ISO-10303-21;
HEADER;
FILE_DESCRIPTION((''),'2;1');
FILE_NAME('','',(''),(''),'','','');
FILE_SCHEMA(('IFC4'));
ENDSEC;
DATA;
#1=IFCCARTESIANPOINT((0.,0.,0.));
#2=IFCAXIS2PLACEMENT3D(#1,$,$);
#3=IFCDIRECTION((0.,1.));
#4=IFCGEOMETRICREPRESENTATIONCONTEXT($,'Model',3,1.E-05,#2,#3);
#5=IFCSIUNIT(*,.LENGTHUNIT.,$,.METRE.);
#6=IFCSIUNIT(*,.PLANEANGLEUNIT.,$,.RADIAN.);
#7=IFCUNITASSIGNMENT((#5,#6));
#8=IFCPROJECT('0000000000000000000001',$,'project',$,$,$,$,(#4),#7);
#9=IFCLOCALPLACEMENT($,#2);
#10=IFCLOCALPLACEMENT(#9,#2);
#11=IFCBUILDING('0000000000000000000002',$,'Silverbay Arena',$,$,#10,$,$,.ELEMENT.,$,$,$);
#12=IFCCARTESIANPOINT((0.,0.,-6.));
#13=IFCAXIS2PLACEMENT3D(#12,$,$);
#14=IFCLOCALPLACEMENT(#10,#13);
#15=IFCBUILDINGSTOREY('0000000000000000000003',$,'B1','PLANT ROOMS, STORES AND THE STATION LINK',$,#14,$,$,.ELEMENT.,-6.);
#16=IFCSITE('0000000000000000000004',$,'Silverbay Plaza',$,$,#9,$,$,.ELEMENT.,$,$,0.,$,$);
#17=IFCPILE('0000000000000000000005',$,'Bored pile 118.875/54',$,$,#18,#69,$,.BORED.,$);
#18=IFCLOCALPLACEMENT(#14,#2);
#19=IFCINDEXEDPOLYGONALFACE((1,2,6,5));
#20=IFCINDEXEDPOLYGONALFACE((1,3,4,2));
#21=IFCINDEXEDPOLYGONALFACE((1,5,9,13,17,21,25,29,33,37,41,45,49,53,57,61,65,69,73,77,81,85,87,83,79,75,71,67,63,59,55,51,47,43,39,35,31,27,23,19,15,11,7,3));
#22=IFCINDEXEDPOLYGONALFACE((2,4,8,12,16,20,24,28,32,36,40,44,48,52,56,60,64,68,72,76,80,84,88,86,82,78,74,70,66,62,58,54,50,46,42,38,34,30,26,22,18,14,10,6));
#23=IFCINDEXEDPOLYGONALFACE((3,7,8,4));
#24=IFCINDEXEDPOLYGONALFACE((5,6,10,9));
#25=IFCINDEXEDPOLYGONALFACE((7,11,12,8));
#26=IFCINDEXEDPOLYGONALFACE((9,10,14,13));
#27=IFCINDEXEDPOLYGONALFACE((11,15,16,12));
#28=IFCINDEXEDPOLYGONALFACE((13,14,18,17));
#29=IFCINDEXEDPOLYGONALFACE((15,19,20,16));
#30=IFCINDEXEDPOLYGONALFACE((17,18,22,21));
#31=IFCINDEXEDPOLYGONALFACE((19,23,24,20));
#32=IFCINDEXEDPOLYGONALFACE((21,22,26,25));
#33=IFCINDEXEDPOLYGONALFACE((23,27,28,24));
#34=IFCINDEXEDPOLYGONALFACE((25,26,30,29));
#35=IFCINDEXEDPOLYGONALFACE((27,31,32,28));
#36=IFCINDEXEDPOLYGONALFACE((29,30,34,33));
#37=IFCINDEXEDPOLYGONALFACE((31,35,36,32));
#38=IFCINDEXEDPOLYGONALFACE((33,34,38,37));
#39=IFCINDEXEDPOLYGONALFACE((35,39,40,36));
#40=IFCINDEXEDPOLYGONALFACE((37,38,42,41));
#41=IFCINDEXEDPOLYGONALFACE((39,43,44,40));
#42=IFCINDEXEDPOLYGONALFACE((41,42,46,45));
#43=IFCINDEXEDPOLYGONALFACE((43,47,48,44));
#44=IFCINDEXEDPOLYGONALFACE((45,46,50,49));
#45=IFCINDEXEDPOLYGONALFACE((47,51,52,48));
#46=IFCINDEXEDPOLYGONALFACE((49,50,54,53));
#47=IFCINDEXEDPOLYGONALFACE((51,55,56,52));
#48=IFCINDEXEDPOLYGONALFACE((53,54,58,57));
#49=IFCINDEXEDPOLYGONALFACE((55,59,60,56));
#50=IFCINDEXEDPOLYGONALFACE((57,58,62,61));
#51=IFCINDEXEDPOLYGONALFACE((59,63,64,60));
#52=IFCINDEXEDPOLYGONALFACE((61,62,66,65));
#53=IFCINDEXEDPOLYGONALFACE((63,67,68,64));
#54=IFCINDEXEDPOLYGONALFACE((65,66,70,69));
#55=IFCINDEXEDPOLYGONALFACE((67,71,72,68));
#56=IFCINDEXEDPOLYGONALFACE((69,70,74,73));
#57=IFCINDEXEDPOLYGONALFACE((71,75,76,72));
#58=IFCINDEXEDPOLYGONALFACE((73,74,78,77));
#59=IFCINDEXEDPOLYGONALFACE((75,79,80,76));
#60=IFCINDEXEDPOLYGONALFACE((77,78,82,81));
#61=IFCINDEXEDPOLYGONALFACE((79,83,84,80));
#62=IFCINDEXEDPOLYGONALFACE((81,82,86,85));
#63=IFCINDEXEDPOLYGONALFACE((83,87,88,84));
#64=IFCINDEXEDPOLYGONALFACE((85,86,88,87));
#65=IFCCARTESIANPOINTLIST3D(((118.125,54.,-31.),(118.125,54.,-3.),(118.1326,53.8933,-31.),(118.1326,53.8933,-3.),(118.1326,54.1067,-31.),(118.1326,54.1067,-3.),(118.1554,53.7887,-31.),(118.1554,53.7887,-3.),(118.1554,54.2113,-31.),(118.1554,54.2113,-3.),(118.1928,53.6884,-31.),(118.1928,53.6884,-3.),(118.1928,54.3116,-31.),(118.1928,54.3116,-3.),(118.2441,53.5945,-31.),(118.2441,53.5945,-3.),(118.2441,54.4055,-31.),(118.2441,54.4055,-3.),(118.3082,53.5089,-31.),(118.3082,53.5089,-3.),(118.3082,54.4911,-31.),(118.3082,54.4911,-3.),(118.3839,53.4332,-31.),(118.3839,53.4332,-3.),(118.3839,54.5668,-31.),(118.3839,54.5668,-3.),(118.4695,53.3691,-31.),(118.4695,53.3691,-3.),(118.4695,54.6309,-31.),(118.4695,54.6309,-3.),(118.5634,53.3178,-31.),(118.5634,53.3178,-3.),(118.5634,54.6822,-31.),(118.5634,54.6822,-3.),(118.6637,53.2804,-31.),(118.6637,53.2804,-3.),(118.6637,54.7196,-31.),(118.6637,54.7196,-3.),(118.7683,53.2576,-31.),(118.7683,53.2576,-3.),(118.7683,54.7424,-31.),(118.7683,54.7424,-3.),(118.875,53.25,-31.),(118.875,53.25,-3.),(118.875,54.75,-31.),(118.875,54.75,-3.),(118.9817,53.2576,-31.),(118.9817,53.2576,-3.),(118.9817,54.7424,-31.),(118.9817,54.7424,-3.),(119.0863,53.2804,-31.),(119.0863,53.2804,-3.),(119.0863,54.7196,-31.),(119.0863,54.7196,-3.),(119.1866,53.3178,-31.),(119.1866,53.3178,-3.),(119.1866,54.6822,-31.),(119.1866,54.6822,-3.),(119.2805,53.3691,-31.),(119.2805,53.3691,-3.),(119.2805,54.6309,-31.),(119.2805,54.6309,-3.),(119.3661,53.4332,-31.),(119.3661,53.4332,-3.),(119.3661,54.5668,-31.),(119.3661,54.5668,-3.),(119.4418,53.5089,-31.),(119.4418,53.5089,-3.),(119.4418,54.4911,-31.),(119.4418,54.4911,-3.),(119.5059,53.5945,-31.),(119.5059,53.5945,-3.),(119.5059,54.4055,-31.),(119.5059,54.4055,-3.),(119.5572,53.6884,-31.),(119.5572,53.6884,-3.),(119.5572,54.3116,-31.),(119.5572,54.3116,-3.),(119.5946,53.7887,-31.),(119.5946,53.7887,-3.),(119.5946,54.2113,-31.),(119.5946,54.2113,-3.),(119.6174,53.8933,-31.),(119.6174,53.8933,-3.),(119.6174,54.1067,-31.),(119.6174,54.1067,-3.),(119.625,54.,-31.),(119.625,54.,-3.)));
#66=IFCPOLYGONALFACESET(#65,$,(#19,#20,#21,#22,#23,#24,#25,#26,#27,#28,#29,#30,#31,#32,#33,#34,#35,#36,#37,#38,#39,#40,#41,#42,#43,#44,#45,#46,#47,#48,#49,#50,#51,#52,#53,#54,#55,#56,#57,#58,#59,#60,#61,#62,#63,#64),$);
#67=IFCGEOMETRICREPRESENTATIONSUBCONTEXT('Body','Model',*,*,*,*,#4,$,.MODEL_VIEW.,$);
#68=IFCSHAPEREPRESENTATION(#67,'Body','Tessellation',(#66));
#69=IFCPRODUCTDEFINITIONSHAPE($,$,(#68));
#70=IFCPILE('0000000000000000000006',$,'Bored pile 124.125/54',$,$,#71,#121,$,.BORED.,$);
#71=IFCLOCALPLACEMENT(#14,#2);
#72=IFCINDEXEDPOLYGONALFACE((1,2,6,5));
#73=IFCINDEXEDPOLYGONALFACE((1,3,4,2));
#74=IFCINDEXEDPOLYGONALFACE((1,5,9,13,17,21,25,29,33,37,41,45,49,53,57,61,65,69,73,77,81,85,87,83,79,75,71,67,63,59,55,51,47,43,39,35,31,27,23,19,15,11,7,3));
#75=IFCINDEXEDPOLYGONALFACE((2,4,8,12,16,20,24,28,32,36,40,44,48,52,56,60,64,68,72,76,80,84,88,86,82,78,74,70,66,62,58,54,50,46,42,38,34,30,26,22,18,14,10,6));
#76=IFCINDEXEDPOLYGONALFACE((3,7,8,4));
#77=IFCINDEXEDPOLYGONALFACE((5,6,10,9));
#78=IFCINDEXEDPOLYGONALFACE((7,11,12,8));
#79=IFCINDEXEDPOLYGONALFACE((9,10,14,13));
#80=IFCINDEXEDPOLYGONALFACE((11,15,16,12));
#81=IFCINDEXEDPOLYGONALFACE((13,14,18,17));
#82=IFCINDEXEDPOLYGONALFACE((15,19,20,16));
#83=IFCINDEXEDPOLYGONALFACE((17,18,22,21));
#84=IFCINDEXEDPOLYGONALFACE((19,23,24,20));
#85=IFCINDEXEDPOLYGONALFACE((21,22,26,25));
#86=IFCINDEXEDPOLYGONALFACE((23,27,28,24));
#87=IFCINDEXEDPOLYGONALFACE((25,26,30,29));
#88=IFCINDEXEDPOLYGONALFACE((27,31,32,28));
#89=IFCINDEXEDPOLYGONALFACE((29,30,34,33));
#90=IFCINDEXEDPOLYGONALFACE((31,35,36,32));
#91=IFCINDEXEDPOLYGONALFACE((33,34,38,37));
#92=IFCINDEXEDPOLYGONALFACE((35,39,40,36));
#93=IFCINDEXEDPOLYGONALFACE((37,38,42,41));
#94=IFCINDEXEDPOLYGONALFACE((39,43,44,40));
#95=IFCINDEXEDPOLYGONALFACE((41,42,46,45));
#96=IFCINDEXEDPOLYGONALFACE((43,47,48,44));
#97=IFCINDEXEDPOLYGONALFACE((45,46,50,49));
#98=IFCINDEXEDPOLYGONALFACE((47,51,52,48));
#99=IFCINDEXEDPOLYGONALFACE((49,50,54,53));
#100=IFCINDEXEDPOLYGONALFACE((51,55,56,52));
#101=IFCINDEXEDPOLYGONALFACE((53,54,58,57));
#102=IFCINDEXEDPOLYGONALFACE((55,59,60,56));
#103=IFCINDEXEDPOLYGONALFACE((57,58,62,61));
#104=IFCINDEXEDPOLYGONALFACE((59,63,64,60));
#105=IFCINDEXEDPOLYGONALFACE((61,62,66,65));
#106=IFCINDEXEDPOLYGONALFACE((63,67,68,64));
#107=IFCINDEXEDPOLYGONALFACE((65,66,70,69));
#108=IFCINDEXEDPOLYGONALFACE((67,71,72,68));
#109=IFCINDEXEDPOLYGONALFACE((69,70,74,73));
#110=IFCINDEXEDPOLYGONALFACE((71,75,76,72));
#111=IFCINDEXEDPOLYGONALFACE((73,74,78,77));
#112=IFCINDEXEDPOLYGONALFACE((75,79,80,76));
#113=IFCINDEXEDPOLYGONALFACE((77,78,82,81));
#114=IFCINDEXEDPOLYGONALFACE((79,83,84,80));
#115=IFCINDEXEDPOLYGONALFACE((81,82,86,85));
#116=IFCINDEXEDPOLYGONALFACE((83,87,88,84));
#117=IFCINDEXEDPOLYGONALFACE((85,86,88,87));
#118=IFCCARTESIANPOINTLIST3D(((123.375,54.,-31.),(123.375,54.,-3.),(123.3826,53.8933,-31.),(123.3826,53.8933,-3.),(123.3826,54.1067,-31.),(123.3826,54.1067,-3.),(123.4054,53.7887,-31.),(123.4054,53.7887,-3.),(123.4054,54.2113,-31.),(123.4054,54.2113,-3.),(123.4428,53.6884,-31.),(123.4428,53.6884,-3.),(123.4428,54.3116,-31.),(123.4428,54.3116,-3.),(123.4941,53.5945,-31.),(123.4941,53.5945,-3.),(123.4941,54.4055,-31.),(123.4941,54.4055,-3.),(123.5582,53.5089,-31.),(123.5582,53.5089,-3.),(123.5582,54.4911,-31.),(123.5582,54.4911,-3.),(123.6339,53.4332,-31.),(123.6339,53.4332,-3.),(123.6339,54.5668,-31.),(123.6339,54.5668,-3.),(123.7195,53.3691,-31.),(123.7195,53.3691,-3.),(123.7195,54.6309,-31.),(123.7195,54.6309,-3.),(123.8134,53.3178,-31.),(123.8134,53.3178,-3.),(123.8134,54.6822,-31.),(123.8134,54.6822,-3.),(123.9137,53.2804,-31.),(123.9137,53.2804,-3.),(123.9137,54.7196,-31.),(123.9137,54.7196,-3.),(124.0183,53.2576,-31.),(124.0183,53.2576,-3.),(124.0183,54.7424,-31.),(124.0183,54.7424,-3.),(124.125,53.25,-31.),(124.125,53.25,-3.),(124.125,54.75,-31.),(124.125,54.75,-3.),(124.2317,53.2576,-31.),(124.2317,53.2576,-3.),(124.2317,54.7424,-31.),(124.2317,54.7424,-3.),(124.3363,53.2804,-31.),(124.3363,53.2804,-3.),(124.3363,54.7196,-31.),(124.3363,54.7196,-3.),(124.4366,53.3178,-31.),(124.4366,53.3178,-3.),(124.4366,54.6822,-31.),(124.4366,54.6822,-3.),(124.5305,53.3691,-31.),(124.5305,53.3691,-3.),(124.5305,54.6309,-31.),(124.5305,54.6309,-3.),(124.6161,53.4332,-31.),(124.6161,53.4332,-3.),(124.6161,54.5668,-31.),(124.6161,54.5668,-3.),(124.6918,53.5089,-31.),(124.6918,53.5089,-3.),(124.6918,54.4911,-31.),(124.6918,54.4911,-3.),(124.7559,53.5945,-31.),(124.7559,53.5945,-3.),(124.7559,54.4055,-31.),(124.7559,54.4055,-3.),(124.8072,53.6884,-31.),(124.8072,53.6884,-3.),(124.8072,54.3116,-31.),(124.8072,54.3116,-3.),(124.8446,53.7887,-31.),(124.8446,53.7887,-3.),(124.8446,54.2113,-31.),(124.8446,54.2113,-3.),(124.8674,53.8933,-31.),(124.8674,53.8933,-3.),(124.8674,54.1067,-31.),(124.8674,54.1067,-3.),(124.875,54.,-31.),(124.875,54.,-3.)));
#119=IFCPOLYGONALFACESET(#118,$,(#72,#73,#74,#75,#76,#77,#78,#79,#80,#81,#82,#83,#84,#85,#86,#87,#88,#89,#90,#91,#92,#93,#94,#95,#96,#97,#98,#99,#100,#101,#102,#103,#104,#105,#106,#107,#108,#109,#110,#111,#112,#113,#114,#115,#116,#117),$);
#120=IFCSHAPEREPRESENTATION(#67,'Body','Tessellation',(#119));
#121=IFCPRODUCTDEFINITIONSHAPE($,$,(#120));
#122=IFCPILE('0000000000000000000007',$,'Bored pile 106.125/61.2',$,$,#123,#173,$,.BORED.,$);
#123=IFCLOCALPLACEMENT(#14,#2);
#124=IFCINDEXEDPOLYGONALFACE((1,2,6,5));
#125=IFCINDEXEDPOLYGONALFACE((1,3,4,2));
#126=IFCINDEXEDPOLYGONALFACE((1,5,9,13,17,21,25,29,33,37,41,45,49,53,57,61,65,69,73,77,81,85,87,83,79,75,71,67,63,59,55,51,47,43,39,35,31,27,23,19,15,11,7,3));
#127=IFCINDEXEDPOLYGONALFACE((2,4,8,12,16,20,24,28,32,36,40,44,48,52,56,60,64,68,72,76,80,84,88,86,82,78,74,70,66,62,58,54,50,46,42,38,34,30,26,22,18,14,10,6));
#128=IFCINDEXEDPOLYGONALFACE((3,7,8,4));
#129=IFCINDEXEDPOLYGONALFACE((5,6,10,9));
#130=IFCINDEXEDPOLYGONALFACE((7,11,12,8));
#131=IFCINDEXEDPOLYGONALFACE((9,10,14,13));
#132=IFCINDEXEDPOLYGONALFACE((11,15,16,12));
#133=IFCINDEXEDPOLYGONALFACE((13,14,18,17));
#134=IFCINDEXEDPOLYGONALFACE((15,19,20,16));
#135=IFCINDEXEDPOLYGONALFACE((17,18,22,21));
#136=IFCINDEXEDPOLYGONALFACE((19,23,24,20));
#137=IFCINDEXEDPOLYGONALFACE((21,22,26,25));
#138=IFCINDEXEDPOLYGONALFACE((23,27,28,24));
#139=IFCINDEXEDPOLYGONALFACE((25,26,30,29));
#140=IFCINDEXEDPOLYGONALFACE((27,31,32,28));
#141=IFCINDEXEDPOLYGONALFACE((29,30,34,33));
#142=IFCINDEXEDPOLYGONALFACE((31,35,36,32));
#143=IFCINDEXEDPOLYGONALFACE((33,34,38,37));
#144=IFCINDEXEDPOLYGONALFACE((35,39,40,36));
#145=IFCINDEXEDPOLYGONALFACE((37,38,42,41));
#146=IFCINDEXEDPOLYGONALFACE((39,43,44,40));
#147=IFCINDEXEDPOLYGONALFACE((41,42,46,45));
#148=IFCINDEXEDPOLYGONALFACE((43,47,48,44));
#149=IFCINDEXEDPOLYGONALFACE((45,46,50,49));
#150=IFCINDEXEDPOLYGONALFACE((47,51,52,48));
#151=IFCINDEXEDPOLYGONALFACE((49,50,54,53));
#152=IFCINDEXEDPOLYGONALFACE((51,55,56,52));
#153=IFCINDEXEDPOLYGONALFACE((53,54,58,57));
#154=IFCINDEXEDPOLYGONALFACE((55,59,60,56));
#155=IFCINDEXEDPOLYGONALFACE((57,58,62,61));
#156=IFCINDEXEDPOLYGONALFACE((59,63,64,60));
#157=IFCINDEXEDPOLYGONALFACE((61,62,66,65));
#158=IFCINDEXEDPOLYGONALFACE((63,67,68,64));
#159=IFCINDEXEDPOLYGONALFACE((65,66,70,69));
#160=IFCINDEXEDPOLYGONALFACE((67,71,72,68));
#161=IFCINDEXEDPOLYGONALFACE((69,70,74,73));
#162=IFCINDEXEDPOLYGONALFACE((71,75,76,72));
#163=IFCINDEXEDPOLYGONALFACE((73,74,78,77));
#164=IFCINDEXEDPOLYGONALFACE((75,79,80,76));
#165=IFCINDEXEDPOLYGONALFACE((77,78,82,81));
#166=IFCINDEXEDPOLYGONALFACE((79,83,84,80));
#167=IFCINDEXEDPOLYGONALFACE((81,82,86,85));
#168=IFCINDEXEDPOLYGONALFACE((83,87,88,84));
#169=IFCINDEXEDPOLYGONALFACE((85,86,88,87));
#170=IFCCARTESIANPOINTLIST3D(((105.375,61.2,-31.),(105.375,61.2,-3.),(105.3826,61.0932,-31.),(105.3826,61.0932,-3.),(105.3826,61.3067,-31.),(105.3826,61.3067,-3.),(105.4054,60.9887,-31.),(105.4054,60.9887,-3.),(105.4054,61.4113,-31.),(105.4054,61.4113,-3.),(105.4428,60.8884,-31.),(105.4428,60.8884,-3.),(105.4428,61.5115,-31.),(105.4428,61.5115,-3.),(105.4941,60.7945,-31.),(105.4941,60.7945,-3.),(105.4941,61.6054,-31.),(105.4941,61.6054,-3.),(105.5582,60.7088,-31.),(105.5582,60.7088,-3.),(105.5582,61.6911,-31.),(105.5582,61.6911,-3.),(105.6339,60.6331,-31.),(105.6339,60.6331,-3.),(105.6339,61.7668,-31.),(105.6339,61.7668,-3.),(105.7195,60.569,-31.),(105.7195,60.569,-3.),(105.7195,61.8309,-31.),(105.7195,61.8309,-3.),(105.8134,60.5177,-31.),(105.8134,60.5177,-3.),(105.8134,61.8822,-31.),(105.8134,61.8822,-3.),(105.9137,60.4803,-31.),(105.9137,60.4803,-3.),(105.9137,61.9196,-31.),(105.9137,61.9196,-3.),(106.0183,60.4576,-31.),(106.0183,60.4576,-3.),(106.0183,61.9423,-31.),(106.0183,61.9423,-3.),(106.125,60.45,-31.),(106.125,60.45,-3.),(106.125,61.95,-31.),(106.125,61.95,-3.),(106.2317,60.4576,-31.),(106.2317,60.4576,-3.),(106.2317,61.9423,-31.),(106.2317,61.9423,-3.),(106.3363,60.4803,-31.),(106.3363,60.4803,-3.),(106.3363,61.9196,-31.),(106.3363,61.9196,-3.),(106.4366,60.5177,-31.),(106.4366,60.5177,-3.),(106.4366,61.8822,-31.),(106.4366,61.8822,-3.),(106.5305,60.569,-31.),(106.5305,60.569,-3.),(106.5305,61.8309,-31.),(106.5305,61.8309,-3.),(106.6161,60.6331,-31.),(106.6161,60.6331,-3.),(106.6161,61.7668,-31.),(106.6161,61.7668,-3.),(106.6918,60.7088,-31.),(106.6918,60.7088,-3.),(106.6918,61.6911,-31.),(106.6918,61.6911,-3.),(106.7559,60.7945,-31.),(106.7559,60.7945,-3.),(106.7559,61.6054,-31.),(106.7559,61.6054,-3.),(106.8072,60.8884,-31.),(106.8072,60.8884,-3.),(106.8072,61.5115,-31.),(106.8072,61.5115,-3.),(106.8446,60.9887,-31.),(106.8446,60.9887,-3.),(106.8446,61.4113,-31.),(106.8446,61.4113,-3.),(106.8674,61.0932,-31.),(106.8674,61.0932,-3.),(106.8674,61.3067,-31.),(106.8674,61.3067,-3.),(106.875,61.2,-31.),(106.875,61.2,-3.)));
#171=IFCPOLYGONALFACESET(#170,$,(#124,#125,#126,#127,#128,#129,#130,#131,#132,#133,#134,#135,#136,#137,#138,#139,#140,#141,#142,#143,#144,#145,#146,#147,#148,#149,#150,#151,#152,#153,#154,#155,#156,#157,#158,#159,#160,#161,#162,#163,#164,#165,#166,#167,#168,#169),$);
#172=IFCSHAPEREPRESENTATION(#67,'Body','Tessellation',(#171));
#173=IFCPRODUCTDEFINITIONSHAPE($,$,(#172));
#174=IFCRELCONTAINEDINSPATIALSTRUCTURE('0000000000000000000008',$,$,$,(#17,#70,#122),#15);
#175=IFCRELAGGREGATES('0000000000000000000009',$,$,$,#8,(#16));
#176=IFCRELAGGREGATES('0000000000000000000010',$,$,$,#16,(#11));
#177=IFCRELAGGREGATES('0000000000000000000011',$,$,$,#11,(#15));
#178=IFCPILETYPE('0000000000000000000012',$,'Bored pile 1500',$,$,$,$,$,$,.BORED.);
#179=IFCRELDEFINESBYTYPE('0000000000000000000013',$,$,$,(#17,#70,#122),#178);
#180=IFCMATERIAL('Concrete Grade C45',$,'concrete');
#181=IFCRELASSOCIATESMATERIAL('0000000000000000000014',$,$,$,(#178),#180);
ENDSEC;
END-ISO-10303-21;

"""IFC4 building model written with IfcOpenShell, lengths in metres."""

from ifc_helpers import new_model, si_unit, direction, frame, origin, origin_2d, place, context, subcontext, project, spatial, circle, extrude, material, material_profile, profile_set, type_object, element, save


model = new_model("IFC4")

# Units and contexts
model_context = context("Model", 3, precision=1e-05, world=origin(), true_north=direction((0.0, 1.0)))
body_context = subcontext(model_context, "Body", "Model", "MODEL_VIEW")
ifc_project = project(units=[si_unit("LENGTHUNIT", "METRE"), si_unit("PLANEANGLEUNIT", "RADIAN")], contexts=[model_context])

# Site, building, storey
site_placement = place(None, origin())
site = spatial("IfcSite", under=ifc_project, at=site_placement, Name="Silverbay Plaza", CompositionType="ELEMENT", RefElevation=0.0)
building_placement = place(site_placement, origin())
building = spatial("IfcBuilding", under=site, at=building_placement, Name="Silverbay Arena", CompositionType="ELEMENT")
storey_placement = place(building_placement, frame((0.0, 0.0, -6.0)))
storey = spatial("IfcBuildingStorey", under=building, at=storey_placement, Name="B1", Description="PLANT ROOMS, STORES AND THE STATION LINK", CompositionType="ELEMENT", Elevation=-6.0)

# Piles
ifc_material_1 = material(Name="Concrete Grade C45", Category="concrete")
ifc_material_profile_1 = material_profile(ifc_material_1, circle(Radius=0.75, at=origin_2d()), Name="Bored pile 1500")
ifc_profile_set_1 = profile_set([ifc_material_profile_1], Name="Concrete Grade C45")
pile_type_1 = type_object("IfcPileType", Name="Bored pile 1500", PredefinedType="BORED", material=ifc_profile_set_1)
for number, where, z_axis, x_axis, name in (
    (1, (118.875, 54.0, -3.0), (0.0, 0.0, -1.0), (1.0, 0.0, 0.0), "Bored pile 118.875/54"),
    (2, (124.125, 54.0, -3.0), (0.0, 0.0, -1.0), (1.0, 0.0, 0.0), "Bored pile 124.125/54"),
    (3, (106.125, 61.2, -3.0), (0.0, 0.0, -1.0), (1.0, 0.0, 0.0), "Bored pile 106.125/61.2"),
):
    element("IfcPile", number, at=place(storey_placement, frame(where, z_axis=z_axis, x_axis=x_axis)), inside=storey, type_object=pile_type_1, Name=name, PredefinedType="BORED", context=body_context, shape_type="SweptSolid", body=[
        extrude(circle(Radius=0.75, at=origin_2d()), origin(), (0.0, 0.0, 1.0), 28.0),
    ])

save(model, "model.ifc")
